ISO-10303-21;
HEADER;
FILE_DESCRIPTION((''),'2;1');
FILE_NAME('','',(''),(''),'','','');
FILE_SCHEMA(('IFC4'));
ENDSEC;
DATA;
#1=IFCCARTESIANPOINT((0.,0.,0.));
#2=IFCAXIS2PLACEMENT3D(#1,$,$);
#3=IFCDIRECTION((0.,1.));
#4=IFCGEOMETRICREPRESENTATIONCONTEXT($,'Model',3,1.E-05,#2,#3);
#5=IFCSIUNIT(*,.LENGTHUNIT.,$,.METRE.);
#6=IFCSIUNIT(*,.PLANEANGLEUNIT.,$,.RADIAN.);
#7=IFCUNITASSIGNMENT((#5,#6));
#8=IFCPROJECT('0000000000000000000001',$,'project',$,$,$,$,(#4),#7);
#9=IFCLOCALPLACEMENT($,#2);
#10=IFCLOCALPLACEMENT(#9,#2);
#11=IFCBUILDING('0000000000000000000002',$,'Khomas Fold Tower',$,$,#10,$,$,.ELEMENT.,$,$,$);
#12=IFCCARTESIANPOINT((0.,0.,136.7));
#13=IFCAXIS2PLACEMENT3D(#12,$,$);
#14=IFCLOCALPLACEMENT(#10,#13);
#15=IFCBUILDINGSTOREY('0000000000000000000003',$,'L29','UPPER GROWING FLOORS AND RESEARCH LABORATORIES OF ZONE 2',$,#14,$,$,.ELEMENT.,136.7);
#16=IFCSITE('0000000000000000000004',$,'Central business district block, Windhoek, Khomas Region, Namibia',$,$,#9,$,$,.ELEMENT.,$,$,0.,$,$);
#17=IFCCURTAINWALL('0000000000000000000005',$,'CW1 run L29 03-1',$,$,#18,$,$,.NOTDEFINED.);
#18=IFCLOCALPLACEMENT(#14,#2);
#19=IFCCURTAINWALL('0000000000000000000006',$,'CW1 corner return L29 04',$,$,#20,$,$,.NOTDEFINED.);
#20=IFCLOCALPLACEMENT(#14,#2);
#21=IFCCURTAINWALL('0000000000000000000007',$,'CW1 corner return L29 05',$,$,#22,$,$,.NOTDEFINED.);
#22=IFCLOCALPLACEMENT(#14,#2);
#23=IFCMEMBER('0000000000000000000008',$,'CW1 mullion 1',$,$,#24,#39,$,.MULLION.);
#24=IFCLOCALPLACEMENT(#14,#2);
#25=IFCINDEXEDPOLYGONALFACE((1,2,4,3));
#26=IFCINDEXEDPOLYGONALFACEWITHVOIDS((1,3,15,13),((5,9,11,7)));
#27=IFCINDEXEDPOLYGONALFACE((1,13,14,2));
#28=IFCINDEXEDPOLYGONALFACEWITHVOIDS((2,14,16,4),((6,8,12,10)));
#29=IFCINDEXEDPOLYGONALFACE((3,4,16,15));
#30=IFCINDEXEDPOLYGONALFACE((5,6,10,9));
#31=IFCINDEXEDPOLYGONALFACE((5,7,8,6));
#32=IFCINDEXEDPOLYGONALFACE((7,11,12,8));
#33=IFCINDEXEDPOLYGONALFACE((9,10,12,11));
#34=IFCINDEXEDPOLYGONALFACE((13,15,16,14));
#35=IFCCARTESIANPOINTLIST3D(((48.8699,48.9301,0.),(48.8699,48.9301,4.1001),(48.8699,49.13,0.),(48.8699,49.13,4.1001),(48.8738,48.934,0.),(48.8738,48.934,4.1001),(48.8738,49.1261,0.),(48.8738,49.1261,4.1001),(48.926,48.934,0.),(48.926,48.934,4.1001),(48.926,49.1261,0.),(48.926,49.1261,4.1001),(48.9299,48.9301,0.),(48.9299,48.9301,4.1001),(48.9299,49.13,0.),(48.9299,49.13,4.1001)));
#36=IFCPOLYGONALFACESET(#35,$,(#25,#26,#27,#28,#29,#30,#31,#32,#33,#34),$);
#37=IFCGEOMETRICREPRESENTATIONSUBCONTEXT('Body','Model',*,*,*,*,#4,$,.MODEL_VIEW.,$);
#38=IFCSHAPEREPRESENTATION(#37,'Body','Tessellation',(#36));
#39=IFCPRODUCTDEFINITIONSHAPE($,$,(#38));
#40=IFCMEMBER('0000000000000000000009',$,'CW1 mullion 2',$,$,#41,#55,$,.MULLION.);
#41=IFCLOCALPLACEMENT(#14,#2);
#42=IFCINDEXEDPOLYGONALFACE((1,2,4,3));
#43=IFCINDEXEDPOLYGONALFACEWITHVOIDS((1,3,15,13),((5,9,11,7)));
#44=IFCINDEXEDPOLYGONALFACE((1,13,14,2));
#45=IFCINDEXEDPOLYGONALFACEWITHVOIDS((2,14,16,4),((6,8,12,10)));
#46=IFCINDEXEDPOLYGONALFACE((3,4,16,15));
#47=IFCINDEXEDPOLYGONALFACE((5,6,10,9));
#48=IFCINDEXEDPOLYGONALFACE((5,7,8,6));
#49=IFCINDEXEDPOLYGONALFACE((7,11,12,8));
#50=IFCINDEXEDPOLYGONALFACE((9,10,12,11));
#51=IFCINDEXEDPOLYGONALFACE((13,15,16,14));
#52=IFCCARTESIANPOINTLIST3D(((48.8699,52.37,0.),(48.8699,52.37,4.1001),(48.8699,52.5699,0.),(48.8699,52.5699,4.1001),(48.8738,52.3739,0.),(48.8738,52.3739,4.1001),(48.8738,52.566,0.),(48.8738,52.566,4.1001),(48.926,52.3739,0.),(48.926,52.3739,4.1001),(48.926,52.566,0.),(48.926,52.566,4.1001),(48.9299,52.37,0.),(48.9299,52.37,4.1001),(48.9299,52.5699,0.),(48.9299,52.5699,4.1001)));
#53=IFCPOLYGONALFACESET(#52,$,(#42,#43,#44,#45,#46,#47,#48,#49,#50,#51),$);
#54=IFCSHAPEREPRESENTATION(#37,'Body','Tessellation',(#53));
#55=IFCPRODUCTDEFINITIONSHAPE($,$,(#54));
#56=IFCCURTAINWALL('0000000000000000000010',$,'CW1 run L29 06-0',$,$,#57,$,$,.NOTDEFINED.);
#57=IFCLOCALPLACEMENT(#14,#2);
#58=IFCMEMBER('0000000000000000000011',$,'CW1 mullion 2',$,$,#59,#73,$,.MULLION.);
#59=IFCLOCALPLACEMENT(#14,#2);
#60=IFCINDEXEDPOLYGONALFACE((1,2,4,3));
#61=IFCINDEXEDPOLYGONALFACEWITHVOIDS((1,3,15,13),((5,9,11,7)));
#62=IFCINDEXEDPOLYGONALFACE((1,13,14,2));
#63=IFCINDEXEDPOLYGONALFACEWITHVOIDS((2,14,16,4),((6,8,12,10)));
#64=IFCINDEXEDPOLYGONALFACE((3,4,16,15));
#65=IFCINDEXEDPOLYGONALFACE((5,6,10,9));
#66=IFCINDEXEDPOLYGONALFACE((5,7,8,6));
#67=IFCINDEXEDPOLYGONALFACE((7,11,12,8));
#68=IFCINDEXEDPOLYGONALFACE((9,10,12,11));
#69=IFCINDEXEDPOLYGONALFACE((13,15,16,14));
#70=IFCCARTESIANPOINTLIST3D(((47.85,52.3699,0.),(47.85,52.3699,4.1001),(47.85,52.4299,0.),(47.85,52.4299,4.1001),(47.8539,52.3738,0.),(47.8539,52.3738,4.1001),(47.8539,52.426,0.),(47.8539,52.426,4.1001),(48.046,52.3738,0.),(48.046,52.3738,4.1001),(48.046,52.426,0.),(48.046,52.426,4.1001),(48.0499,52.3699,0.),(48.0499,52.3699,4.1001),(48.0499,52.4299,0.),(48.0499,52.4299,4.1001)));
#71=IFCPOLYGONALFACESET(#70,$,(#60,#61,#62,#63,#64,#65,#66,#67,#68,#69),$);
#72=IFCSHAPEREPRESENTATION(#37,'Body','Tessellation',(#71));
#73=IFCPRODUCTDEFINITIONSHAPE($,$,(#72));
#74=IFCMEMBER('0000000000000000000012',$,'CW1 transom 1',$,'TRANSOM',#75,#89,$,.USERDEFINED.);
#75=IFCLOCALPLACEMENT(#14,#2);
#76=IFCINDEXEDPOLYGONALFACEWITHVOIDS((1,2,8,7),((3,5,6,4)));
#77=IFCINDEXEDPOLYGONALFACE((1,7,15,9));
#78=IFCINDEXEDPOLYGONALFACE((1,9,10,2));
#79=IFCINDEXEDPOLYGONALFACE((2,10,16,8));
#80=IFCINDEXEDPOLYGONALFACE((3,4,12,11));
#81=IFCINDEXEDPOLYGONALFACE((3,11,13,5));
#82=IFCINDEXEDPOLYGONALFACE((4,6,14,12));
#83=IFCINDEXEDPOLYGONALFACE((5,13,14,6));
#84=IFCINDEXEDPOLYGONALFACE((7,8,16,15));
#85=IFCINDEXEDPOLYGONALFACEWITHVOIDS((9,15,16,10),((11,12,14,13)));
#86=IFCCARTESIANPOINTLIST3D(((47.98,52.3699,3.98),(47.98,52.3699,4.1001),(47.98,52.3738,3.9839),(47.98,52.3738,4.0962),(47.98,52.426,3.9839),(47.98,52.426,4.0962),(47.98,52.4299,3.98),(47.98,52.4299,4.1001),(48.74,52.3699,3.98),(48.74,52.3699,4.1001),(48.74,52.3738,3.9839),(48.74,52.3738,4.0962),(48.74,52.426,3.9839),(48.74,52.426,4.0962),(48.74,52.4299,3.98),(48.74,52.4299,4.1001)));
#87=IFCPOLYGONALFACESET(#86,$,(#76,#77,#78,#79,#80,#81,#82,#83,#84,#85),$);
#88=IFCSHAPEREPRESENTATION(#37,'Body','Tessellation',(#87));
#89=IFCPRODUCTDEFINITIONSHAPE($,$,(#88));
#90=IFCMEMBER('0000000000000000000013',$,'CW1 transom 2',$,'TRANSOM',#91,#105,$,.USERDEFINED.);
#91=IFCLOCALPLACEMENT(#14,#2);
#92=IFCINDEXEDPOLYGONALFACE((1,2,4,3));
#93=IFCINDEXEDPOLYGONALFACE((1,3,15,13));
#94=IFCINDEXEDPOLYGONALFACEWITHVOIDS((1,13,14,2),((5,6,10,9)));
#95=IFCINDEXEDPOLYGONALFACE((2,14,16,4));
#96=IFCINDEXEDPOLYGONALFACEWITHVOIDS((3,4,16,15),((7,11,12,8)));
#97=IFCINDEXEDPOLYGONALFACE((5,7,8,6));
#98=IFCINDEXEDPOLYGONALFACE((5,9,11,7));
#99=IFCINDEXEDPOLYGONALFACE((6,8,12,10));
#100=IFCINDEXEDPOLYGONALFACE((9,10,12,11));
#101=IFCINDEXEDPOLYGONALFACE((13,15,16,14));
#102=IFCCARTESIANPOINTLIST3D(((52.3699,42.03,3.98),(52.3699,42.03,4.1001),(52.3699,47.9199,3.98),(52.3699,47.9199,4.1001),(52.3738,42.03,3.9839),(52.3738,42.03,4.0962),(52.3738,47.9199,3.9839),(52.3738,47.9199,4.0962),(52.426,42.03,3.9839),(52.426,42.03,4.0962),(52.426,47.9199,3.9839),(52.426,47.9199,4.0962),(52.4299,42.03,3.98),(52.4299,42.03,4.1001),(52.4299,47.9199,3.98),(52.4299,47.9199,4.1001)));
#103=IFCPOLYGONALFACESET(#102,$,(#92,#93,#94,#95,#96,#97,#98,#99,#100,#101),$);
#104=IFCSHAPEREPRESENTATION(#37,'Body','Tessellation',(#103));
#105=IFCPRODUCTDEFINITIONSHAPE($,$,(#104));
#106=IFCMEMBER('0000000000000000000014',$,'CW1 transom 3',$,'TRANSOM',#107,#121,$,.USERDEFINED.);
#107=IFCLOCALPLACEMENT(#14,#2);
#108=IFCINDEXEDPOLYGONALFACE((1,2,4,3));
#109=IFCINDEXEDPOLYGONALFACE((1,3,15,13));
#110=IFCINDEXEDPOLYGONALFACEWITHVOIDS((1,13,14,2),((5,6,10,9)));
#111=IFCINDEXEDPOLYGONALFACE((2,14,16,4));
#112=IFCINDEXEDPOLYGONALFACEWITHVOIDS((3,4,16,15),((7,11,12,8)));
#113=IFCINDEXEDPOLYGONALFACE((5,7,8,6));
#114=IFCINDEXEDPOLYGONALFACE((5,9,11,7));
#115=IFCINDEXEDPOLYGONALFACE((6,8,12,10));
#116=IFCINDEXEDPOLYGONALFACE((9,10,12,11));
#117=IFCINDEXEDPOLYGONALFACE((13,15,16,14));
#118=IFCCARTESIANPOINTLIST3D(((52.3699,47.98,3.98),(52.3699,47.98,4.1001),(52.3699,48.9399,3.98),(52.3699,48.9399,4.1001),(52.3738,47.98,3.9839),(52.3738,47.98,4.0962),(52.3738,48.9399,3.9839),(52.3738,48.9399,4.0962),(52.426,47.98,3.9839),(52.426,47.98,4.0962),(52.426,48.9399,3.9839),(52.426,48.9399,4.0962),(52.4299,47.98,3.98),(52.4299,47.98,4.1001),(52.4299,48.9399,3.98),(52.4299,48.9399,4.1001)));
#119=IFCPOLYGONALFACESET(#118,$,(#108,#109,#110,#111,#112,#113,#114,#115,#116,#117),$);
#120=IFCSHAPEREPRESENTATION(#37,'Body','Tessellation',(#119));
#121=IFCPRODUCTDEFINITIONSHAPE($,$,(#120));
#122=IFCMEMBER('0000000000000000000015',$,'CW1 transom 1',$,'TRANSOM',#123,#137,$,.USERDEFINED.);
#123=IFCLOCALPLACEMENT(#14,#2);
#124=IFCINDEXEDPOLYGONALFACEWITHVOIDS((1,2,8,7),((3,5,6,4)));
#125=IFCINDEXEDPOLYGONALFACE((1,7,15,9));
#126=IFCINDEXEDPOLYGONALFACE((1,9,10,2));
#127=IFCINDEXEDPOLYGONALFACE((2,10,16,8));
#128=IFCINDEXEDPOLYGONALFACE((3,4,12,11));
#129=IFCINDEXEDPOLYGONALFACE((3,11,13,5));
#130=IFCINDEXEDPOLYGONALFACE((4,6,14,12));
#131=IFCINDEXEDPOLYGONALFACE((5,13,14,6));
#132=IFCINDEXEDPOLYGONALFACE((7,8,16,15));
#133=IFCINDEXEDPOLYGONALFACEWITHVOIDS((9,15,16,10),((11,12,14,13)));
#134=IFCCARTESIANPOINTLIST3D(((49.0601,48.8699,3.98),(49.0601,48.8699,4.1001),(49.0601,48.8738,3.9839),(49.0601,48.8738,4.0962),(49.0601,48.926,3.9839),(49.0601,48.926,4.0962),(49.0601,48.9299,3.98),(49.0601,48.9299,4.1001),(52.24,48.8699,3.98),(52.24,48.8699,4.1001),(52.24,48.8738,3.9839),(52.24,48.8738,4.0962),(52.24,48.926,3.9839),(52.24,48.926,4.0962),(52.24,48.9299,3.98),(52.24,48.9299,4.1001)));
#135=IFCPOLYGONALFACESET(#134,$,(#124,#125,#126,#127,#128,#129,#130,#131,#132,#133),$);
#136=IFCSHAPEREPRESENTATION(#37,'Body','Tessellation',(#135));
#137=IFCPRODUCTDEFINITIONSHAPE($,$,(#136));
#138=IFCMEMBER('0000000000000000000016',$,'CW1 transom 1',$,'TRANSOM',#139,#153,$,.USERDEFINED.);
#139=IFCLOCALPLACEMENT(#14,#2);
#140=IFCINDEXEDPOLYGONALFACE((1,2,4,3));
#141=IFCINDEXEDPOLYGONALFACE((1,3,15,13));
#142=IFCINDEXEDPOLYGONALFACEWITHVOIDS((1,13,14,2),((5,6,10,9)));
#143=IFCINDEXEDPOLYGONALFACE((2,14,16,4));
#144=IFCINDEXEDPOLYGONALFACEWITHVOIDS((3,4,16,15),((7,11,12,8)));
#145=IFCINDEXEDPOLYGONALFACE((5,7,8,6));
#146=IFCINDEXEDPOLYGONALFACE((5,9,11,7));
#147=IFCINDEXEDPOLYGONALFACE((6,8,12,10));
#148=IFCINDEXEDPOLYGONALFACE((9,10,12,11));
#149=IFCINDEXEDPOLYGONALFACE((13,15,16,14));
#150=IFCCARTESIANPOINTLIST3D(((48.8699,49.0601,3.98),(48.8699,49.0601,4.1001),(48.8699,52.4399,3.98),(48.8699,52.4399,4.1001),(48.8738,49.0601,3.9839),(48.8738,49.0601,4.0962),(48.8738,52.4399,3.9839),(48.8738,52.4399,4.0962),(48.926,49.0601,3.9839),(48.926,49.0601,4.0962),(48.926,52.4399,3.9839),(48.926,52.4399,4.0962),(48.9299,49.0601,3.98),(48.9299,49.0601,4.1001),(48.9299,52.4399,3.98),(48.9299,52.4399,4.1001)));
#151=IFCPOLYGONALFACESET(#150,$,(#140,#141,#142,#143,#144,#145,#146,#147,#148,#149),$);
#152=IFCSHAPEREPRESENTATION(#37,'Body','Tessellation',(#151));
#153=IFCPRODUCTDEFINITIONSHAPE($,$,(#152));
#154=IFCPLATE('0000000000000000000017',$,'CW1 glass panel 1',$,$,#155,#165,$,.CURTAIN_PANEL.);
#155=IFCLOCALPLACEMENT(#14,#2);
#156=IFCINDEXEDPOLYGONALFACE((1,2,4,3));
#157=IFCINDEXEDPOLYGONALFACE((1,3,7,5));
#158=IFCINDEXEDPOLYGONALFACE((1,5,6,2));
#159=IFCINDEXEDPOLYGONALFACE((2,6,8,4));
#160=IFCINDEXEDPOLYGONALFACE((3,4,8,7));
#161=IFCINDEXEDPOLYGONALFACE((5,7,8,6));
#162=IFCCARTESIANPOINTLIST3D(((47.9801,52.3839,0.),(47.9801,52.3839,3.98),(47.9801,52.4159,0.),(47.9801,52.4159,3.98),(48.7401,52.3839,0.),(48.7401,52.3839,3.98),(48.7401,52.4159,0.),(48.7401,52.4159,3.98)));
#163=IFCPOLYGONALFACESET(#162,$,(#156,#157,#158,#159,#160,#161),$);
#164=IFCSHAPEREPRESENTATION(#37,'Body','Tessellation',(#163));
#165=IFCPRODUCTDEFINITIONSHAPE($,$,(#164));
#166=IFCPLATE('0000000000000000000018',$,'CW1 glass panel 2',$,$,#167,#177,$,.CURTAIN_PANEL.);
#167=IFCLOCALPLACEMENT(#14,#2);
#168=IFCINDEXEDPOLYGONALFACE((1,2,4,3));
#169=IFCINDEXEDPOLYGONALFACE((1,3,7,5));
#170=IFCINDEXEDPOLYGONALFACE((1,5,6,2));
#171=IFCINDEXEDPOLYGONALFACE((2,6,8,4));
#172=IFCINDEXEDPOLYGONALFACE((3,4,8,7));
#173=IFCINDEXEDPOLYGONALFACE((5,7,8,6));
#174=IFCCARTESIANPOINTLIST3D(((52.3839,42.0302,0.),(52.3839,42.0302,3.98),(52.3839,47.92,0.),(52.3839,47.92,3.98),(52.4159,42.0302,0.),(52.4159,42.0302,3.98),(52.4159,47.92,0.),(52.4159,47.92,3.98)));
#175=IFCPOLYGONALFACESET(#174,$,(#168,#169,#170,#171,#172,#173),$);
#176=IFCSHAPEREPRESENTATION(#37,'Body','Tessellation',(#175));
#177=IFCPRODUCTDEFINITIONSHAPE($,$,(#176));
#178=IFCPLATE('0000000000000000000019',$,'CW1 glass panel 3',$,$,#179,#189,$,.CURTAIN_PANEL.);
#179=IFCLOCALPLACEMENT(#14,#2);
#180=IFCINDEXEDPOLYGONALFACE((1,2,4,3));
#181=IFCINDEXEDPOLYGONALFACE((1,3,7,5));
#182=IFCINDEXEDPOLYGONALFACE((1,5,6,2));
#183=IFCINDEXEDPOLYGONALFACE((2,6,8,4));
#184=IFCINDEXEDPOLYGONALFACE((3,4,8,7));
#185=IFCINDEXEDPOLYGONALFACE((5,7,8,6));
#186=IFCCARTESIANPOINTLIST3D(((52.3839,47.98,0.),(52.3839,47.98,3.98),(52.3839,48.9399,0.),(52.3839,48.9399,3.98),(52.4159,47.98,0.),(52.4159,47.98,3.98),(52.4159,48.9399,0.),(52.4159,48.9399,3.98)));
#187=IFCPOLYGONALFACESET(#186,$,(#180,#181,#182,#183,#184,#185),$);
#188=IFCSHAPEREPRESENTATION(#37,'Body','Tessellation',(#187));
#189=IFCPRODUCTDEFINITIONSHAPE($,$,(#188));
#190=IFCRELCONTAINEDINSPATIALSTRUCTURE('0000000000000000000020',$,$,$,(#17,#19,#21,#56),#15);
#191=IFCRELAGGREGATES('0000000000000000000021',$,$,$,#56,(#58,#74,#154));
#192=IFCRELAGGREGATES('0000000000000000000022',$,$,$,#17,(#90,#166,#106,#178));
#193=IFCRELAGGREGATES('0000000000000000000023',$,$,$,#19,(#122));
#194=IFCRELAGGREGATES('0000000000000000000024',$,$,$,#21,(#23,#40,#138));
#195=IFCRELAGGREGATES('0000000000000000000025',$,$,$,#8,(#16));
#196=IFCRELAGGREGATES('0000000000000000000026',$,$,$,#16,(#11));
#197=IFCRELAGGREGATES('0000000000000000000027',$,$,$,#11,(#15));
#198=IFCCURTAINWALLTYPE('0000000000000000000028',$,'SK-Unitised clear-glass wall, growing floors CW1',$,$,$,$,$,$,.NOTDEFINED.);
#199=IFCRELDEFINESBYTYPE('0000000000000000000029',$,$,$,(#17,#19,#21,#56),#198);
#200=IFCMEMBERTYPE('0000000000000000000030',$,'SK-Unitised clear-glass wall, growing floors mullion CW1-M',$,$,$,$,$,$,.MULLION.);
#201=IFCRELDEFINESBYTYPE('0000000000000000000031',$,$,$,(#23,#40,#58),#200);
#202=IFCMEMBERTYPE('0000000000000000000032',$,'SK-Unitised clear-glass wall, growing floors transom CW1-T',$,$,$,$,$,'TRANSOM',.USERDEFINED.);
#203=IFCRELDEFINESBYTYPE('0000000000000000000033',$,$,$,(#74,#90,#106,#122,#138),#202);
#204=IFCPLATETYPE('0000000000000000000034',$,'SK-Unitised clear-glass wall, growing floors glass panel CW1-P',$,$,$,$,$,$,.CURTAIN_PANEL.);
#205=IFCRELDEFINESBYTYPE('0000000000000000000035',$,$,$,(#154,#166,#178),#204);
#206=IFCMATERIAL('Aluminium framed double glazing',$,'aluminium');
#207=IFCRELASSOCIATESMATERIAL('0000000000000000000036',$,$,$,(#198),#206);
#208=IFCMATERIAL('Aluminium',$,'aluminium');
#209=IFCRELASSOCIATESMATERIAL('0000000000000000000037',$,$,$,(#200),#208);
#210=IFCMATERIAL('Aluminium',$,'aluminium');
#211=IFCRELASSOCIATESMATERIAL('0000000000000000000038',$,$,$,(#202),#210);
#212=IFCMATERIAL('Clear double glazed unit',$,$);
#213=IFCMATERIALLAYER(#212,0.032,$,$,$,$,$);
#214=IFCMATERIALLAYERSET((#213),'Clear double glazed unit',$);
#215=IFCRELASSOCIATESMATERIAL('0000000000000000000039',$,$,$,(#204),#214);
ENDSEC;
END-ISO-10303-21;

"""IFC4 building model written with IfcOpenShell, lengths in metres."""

from ifc_helpers import new_model, si_unit, direction, frame, origin, origin_2d, place, context, subcontext, project, spatial, rectangle, hollow_rectangle, extrude, source, transform, mapped, material, layer, layer_set, material_profile, profile_set, type_object, element, aggregate, save


model = new_model("IFC4")

# Units and contexts
model_context = context("Model", 3, precision=1e-05, world=origin(), true_north=direction((0.0, 1.0)))
body_context = subcontext(model_context, "Body", "Model", "MODEL_VIEW")
ifc_project = project(units=[si_unit("LENGTHUNIT", "METRE"), si_unit("PLANEANGLEUNIT", "RADIAN")], contexts=[model_context])

# Site, building, storey
site_placement = place(None, origin())
site = spatial("IfcSite", under=ifc_project, at=site_placement, Name="Central business district block, Windhoek, Khomas Region, Namibia", CompositionType="ELEMENT", RefElevation=0.0)
building_placement = place(site_placement, origin())
building = spatial("IfcBuilding", under=site, at=building_placement, Name="Khomas Fold Tower", CompositionType="ELEMENT")
storey_placement = place(building_placement, frame((0.0, 0.0, 136.7)))
storey = spatial("IfcBuildingStorey", under=building, at=storey_placement, Name="L29", Description="UPPER GROWING FLOORS AND RESEARCH LABORATORIES OF ZONE 2", CompositionType="ELEMENT", Elevation=136.7)

# Curtain walls, members
ifc_material_1 = material(Name="Aluminium framed double glazing", Category="aluminium")
curtain_wall_type = type_object("IfcCurtainWallType", Name="SK-Unitised clear-glass wall, growing floors CW1", PredefinedType="NOTDEFINED", material=ifc_material_1)
curtain_wall_1_placement = place(storey_placement, origin())
curtain_wall_1 = element("IfcCurtainWall", 1, at=curtain_wall_1_placement, inside=storey, type_object=curtain_wall_type, Name="CW1 run L29 03-1", PredefinedType="NOTDEFINED")
ifc_material_2 = material(Name="Aluminium", Category="aluminium")
ifc_material_profile_1 = material_profile(ifc_material_2, hollow_rectangle(XDim=0.0601, YDim=0.2, WallThickness=0.0039, at=origin_2d()), Name="SK-Unitised clear-glass wall, growing floors mullion CW1-M")
ifc_profile_set_1 = profile_set([ifc_material_profile_1], Name="Aluminium")
member_type_1 = type_object("IfcMemberType", Name="SK-Unitised clear-glass wall, growing floors mullion CW1-M", PredefinedType="MULLION", material=ifc_profile_set_1)
shared_shape_1 = source(origin(), body_context, "Body", "SweptSolid", [
    extrude(hollow_rectangle(XDim=0.0601, YDim=0.2, WallThickness=0.0039, at=origin_2d()), origin(), (0.0, 0.0, 1.0), 4.1001),
])
curtain_wall_2_placement = place(storey_placement, origin())
curtain_wall_2 = element("IfcCurtainWall", 2, at=curtain_wall_2_placement, inside=storey, type_object=curtain_wall_type, Name="CW1 corner return L29 04", PredefinedType="NOTDEFINED")
curtain_wall_3_placement = place(storey_placement, origin())
curtain_wall_3 = element("IfcCurtainWall", 3, at=curtain_wall_3_placement, inside=storey, type_object=curtain_wall_type, Name="CW1 corner return L29 05", PredefinedType="NOTDEFINED")
member_1_placement = place(storey_placement, frame((48.8999, 49.03, 0.0), z_axis=(0.0, 0.0, 1.0), x_axis=(-1.0, 0.0, 0.0)))
member_1 = element("IfcMember", 4, at=member_1_placement, type_object=member_type_1, Name="CW1 mullion 1", PredefinedType="MULLION", context=body_context, shape_type="MappedRepresentation", body=[
    mapped(shared_shape_1, transform((0.0, 0.0, 0.0))),
])
member_2_placement = place(storey_placement, frame((48.8999, 52.47, 0.0), z_axis=(0.0, 0.0, 1.0), x_axis=(-1.0, 0.0, 0.0)))
member_2 = element("IfcMember", 5, at=member_2_placement, type_object=member_type_1, Name="CW1 mullion 2", PredefinedType="MULLION", context=body_context, shape_type="MappedRepresentation", body=[
    mapped(shared_shape_1, transform((0.0, 0.0, 0.0))),
])
curtain_wall_4_placement = place(storey_placement, origin())
curtain_wall_4 = element("IfcCurtainWall", 6, at=curtain_wall_4_placement, inside=storey, type_object=curtain_wall_type, Name="CW1 run L29 06-0", PredefinedType="NOTDEFINED")
member_3_placement = place(storey_placement, frame((47.95, 52.3999, 0.0), z_axis=(0.0, 0.0, 1.0), x_axis=(0.0, -1.0, 0.0)))
member_3 = element("IfcMember", 7, at=member_3_placement, type_object=member_type_1, Name="CW1 mullion 2", PredefinedType="MULLION", context=body_context, shape_type="MappedRepresentation", body=[
    mapped(shared_shape_1, transform((0.0, 0.0, 0.0))),
])
ifc_material_3 = material(Name="Aluminium", Category="aluminium")
ifc_material_profile_2 = material_profile(ifc_material_3, hollow_rectangle(XDim=0.0601, YDim=0.1201, WallThickness=0.0039, at=origin_2d()), Name="SK-Unitised clear-glass wall, growing floors transom CW1-T")
ifc_profile_set_2 = profile_set([ifc_material_profile_2], Name="Aluminium")
member_type_2 = type_object("IfcMemberType", Name="SK-Unitised clear-glass wall, growing floors transom CW1-T", ElementType="TRANSOM", PredefinedType="USERDEFINED", material=ifc_profile_set_2)
shared_shape_2 = source(origin(), body_context, "Body", "SweptSolid", [
    extrude(hollow_rectangle(XDim=0.0601, YDim=0.1201, WallThickness=0.0039, at=origin_2d()), origin(), (0.0, 0.0, 1.0), 0.76),
])
member_4_placement = place(storey_placement, frame((48.74, 52.3999, 4.04), z_axis=(-1.0, 0.0, 0.0), x_axis=(0.0, -1.0, 0.0)))
member_4 = element("IfcMember", 8, at=member_4_placement, type_object=member_type_2, Name="CW1 transom 1", ObjectType="TRANSOM", PredefinedType="USERDEFINED", context=body_context, shape_type="MappedRepresentation", body=[
    mapped(shared_shape_2, transform((0.0, 0.0, 0.0))),
])

# Members
shared_shape_3 = source(origin(), body_context, "Body", "SweptSolid", [
    extrude(hollow_rectangle(XDim=0.0601, YDim=0.1201, WallThickness=0.0039, at=origin_2d()), origin(), (0.0, 0.0, 1.0), 5.8899),
])
member_5_placement = place(storey_placement, frame((52.3999, 42.03, 4.04), z_axis=(0.0, 1.0, 0.0), x_axis=(-1.0, 0.0, 0.0)))
member_5 = element("IfcMember", 9, at=member_5_placement, type_object=member_type_2, Name="CW1 transom 2", ObjectType="TRANSOM", PredefinedType="USERDEFINED", context=body_context, shape_type="MappedRepresentation", body=[
    mapped(shared_shape_3, transform((0.0, 0.0, 0.0))),
])
shared_shape_4 = source(origin(), body_context, "Body", "SweptSolid", [
    extrude(hollow_rectangle(XDim=0.0601, YDim=0.1201, WallThickness=0.0039, at=origin_2d()), origin(), (0.0, 0.0, 1.0), 0.96),
])
member_6_placement = place(storey_placement, frame((52.3999, 47.98, 4.04), z_axis=(0.0, 1.0, 0.0), x_axis=(-1.0, 0.0, 0.0)))
member_6 = element("IfcMember", 10, at=member_6_placement, type_object=member_type_2, Name="CW1 transom 3", ObjectType="TRANSOM", PredefinedType="USERDEFINED", context=body_context, shape_type="MappedRepresentation", body=[
    mapped(shared_shape_4, transform((0.0, 0.0, 0.0))),
])
shared_shape_5 = source(origin(), body_context, "Body", "SweptSolid", [
    extrude(hollow_rectangle(XDim=0.0601, YDim=0.1201, WallThickness=0.0039, at=origin_2d()), origin(), (0.0, 0.0, 1.0), 3.1799),
])
member_7_placement = place(storey_placement, frame((52.24, 48.8999, 4.04), z_axis=(-1.0, 0.0, 0.0), x_axis=(0.0, -1.0, 0.0)))
member_7 = element("IfcMember", 11, at=member_7_placement, type_object=member_type_2, Name="CW1 transom 1", ObjectType="TRANSOM", PredefinedType="USERDEFINED", context=body_context, shape_type="MappedRepresentation", body=[
    mapped(shared_shape_5, transform((0.0, 0.0, 0.0))),
])
shared_shape_6 = source(origin(), body_context, "Body", "SweptSolid", [
    extrude(hollow_rectangle(XDim=0.0601, YDim=0.1201, WallThickness=0.0039, at=origin_2d()), origin(), (0.0, 0.0, 1.0), 3.3799),
])
member_8_placement = place(storey_placement, frame((48.8999, 49.0601, 4.04), z_axis=(0.0, 1.0, 0.0), x_axis=(-1.0, 0.0, 0.0)))
member_8 = element("IfcMember", 12, at=member_8_placement, type_object=member_type_2, Name="CW1 transom 1", ObjectType="TRANSOM", PredefinedType="USERDEFINED", context=body_context, shape_type="MappedRepresentation", body=[
    mapped(shared_shape_6, transform((0.0, 0.0, 0.0))),
])

# Plates
ifc_material_4 = material(Name="Clear double glazed unit")
ifc_layer_1 = layer(ifc_material_4, 0.032)
ifc_layer_set_1 = layer_set([ifc_layer_1], Name="Clear double glazed unit")
plate_type = type_object("IfcPlateType", Name="SK-Unitised clear-glass wall, growing floors glass panel CW1-P", PredefinedType="CURTAIN_PANEL", material=ifc_layer_set_1)
shared_shape_7 = source(origin(), body_context, "Body", "SweptSolid", [
    extrude(rectangle(XDim=0.76, YDim=0.032, at=origin_2d()), origin(), (0.0, 0.0, 1.0), 3.98),
])
plate_1_placement = place(storey_placement, frame((48.3601, 52.3999, 0.0), z_axis=(0.0, 0.0, 1.0), x_axis=(-1.0, 0.0, 0.0)))
plate_1 = element("IfcPlate", 13, at=plate_1_placement, type_object=plate_type, Name="CW1 glass panel 1", PredefinedType="CURTAIN_PANEL", context=body_context, shape_type="MappedRepresentation", body=[
    mapped(shared_shape_7, transform((0.0, 0.0, 0.0))),
])
aggregate(curtain_wall_4, [member_3, member_4, plate_1])
shared_shape_8 = source(origin(), body_context, "Body", "SweptSolid", [
    extrude(rectangle(XDim=5.8899, YDim=0.032, at=origin_2d()), origin(), (0.0, 0.0, 1.0), 3.98),
])
plate_2_placement = place(storey_placement, frame((52.3999, 44.9751, 0.0), z_axis=(0.0, 0.0, 1.0), x_axis=(0.0, 1.0, 0.0)))
plate_2 = element("IfcPlate", 14, at=plate_2_placement, type_object=plate_type, Name="CW1 glass panel 2", PredefinedType="CURTAIN_PANEL", context=body_context, shape_type="MappedRepresentation", body=[
    mapped(shared_shape_8, transform((0.0, 0.0, 0.0))),
])
shared_shape_9 = source(origin(), body_context, "Body", "SweptSolid", [
    extrude(rectangle(XDim=0.96, YDim=0.032, at=origin_2d()), origin(), (0.0, 0.0, 1.0), 3.98),
])
plate_3_placement = place(storey_placement, frame((52.3999, 48.46, 0.0), z_axis=(0.0, 0.0, 1.0), x_axis=(0.0, 1.0, 0.0)))
plate_3 = element("IfcPlate", 15, at=plate_3_placement, type_object=plate_type, Name="CW1 glass panel 3", PredefinedType="CURTAIN_PANEL", context=body_context, shape_type="MappedRepresentation", body=[
    mapped(shared_shape_9, transform((0.0, 0.0, 0.0))),
])
aggregate(curtain_wall_1, [member_5, plate_2, member_6, plate_3])
aggregate(curtain_wall_2, [member_7])
aggregate(curtain_wall_3, [member_1, member_2, member_8])

save(model, "model.ifc")
